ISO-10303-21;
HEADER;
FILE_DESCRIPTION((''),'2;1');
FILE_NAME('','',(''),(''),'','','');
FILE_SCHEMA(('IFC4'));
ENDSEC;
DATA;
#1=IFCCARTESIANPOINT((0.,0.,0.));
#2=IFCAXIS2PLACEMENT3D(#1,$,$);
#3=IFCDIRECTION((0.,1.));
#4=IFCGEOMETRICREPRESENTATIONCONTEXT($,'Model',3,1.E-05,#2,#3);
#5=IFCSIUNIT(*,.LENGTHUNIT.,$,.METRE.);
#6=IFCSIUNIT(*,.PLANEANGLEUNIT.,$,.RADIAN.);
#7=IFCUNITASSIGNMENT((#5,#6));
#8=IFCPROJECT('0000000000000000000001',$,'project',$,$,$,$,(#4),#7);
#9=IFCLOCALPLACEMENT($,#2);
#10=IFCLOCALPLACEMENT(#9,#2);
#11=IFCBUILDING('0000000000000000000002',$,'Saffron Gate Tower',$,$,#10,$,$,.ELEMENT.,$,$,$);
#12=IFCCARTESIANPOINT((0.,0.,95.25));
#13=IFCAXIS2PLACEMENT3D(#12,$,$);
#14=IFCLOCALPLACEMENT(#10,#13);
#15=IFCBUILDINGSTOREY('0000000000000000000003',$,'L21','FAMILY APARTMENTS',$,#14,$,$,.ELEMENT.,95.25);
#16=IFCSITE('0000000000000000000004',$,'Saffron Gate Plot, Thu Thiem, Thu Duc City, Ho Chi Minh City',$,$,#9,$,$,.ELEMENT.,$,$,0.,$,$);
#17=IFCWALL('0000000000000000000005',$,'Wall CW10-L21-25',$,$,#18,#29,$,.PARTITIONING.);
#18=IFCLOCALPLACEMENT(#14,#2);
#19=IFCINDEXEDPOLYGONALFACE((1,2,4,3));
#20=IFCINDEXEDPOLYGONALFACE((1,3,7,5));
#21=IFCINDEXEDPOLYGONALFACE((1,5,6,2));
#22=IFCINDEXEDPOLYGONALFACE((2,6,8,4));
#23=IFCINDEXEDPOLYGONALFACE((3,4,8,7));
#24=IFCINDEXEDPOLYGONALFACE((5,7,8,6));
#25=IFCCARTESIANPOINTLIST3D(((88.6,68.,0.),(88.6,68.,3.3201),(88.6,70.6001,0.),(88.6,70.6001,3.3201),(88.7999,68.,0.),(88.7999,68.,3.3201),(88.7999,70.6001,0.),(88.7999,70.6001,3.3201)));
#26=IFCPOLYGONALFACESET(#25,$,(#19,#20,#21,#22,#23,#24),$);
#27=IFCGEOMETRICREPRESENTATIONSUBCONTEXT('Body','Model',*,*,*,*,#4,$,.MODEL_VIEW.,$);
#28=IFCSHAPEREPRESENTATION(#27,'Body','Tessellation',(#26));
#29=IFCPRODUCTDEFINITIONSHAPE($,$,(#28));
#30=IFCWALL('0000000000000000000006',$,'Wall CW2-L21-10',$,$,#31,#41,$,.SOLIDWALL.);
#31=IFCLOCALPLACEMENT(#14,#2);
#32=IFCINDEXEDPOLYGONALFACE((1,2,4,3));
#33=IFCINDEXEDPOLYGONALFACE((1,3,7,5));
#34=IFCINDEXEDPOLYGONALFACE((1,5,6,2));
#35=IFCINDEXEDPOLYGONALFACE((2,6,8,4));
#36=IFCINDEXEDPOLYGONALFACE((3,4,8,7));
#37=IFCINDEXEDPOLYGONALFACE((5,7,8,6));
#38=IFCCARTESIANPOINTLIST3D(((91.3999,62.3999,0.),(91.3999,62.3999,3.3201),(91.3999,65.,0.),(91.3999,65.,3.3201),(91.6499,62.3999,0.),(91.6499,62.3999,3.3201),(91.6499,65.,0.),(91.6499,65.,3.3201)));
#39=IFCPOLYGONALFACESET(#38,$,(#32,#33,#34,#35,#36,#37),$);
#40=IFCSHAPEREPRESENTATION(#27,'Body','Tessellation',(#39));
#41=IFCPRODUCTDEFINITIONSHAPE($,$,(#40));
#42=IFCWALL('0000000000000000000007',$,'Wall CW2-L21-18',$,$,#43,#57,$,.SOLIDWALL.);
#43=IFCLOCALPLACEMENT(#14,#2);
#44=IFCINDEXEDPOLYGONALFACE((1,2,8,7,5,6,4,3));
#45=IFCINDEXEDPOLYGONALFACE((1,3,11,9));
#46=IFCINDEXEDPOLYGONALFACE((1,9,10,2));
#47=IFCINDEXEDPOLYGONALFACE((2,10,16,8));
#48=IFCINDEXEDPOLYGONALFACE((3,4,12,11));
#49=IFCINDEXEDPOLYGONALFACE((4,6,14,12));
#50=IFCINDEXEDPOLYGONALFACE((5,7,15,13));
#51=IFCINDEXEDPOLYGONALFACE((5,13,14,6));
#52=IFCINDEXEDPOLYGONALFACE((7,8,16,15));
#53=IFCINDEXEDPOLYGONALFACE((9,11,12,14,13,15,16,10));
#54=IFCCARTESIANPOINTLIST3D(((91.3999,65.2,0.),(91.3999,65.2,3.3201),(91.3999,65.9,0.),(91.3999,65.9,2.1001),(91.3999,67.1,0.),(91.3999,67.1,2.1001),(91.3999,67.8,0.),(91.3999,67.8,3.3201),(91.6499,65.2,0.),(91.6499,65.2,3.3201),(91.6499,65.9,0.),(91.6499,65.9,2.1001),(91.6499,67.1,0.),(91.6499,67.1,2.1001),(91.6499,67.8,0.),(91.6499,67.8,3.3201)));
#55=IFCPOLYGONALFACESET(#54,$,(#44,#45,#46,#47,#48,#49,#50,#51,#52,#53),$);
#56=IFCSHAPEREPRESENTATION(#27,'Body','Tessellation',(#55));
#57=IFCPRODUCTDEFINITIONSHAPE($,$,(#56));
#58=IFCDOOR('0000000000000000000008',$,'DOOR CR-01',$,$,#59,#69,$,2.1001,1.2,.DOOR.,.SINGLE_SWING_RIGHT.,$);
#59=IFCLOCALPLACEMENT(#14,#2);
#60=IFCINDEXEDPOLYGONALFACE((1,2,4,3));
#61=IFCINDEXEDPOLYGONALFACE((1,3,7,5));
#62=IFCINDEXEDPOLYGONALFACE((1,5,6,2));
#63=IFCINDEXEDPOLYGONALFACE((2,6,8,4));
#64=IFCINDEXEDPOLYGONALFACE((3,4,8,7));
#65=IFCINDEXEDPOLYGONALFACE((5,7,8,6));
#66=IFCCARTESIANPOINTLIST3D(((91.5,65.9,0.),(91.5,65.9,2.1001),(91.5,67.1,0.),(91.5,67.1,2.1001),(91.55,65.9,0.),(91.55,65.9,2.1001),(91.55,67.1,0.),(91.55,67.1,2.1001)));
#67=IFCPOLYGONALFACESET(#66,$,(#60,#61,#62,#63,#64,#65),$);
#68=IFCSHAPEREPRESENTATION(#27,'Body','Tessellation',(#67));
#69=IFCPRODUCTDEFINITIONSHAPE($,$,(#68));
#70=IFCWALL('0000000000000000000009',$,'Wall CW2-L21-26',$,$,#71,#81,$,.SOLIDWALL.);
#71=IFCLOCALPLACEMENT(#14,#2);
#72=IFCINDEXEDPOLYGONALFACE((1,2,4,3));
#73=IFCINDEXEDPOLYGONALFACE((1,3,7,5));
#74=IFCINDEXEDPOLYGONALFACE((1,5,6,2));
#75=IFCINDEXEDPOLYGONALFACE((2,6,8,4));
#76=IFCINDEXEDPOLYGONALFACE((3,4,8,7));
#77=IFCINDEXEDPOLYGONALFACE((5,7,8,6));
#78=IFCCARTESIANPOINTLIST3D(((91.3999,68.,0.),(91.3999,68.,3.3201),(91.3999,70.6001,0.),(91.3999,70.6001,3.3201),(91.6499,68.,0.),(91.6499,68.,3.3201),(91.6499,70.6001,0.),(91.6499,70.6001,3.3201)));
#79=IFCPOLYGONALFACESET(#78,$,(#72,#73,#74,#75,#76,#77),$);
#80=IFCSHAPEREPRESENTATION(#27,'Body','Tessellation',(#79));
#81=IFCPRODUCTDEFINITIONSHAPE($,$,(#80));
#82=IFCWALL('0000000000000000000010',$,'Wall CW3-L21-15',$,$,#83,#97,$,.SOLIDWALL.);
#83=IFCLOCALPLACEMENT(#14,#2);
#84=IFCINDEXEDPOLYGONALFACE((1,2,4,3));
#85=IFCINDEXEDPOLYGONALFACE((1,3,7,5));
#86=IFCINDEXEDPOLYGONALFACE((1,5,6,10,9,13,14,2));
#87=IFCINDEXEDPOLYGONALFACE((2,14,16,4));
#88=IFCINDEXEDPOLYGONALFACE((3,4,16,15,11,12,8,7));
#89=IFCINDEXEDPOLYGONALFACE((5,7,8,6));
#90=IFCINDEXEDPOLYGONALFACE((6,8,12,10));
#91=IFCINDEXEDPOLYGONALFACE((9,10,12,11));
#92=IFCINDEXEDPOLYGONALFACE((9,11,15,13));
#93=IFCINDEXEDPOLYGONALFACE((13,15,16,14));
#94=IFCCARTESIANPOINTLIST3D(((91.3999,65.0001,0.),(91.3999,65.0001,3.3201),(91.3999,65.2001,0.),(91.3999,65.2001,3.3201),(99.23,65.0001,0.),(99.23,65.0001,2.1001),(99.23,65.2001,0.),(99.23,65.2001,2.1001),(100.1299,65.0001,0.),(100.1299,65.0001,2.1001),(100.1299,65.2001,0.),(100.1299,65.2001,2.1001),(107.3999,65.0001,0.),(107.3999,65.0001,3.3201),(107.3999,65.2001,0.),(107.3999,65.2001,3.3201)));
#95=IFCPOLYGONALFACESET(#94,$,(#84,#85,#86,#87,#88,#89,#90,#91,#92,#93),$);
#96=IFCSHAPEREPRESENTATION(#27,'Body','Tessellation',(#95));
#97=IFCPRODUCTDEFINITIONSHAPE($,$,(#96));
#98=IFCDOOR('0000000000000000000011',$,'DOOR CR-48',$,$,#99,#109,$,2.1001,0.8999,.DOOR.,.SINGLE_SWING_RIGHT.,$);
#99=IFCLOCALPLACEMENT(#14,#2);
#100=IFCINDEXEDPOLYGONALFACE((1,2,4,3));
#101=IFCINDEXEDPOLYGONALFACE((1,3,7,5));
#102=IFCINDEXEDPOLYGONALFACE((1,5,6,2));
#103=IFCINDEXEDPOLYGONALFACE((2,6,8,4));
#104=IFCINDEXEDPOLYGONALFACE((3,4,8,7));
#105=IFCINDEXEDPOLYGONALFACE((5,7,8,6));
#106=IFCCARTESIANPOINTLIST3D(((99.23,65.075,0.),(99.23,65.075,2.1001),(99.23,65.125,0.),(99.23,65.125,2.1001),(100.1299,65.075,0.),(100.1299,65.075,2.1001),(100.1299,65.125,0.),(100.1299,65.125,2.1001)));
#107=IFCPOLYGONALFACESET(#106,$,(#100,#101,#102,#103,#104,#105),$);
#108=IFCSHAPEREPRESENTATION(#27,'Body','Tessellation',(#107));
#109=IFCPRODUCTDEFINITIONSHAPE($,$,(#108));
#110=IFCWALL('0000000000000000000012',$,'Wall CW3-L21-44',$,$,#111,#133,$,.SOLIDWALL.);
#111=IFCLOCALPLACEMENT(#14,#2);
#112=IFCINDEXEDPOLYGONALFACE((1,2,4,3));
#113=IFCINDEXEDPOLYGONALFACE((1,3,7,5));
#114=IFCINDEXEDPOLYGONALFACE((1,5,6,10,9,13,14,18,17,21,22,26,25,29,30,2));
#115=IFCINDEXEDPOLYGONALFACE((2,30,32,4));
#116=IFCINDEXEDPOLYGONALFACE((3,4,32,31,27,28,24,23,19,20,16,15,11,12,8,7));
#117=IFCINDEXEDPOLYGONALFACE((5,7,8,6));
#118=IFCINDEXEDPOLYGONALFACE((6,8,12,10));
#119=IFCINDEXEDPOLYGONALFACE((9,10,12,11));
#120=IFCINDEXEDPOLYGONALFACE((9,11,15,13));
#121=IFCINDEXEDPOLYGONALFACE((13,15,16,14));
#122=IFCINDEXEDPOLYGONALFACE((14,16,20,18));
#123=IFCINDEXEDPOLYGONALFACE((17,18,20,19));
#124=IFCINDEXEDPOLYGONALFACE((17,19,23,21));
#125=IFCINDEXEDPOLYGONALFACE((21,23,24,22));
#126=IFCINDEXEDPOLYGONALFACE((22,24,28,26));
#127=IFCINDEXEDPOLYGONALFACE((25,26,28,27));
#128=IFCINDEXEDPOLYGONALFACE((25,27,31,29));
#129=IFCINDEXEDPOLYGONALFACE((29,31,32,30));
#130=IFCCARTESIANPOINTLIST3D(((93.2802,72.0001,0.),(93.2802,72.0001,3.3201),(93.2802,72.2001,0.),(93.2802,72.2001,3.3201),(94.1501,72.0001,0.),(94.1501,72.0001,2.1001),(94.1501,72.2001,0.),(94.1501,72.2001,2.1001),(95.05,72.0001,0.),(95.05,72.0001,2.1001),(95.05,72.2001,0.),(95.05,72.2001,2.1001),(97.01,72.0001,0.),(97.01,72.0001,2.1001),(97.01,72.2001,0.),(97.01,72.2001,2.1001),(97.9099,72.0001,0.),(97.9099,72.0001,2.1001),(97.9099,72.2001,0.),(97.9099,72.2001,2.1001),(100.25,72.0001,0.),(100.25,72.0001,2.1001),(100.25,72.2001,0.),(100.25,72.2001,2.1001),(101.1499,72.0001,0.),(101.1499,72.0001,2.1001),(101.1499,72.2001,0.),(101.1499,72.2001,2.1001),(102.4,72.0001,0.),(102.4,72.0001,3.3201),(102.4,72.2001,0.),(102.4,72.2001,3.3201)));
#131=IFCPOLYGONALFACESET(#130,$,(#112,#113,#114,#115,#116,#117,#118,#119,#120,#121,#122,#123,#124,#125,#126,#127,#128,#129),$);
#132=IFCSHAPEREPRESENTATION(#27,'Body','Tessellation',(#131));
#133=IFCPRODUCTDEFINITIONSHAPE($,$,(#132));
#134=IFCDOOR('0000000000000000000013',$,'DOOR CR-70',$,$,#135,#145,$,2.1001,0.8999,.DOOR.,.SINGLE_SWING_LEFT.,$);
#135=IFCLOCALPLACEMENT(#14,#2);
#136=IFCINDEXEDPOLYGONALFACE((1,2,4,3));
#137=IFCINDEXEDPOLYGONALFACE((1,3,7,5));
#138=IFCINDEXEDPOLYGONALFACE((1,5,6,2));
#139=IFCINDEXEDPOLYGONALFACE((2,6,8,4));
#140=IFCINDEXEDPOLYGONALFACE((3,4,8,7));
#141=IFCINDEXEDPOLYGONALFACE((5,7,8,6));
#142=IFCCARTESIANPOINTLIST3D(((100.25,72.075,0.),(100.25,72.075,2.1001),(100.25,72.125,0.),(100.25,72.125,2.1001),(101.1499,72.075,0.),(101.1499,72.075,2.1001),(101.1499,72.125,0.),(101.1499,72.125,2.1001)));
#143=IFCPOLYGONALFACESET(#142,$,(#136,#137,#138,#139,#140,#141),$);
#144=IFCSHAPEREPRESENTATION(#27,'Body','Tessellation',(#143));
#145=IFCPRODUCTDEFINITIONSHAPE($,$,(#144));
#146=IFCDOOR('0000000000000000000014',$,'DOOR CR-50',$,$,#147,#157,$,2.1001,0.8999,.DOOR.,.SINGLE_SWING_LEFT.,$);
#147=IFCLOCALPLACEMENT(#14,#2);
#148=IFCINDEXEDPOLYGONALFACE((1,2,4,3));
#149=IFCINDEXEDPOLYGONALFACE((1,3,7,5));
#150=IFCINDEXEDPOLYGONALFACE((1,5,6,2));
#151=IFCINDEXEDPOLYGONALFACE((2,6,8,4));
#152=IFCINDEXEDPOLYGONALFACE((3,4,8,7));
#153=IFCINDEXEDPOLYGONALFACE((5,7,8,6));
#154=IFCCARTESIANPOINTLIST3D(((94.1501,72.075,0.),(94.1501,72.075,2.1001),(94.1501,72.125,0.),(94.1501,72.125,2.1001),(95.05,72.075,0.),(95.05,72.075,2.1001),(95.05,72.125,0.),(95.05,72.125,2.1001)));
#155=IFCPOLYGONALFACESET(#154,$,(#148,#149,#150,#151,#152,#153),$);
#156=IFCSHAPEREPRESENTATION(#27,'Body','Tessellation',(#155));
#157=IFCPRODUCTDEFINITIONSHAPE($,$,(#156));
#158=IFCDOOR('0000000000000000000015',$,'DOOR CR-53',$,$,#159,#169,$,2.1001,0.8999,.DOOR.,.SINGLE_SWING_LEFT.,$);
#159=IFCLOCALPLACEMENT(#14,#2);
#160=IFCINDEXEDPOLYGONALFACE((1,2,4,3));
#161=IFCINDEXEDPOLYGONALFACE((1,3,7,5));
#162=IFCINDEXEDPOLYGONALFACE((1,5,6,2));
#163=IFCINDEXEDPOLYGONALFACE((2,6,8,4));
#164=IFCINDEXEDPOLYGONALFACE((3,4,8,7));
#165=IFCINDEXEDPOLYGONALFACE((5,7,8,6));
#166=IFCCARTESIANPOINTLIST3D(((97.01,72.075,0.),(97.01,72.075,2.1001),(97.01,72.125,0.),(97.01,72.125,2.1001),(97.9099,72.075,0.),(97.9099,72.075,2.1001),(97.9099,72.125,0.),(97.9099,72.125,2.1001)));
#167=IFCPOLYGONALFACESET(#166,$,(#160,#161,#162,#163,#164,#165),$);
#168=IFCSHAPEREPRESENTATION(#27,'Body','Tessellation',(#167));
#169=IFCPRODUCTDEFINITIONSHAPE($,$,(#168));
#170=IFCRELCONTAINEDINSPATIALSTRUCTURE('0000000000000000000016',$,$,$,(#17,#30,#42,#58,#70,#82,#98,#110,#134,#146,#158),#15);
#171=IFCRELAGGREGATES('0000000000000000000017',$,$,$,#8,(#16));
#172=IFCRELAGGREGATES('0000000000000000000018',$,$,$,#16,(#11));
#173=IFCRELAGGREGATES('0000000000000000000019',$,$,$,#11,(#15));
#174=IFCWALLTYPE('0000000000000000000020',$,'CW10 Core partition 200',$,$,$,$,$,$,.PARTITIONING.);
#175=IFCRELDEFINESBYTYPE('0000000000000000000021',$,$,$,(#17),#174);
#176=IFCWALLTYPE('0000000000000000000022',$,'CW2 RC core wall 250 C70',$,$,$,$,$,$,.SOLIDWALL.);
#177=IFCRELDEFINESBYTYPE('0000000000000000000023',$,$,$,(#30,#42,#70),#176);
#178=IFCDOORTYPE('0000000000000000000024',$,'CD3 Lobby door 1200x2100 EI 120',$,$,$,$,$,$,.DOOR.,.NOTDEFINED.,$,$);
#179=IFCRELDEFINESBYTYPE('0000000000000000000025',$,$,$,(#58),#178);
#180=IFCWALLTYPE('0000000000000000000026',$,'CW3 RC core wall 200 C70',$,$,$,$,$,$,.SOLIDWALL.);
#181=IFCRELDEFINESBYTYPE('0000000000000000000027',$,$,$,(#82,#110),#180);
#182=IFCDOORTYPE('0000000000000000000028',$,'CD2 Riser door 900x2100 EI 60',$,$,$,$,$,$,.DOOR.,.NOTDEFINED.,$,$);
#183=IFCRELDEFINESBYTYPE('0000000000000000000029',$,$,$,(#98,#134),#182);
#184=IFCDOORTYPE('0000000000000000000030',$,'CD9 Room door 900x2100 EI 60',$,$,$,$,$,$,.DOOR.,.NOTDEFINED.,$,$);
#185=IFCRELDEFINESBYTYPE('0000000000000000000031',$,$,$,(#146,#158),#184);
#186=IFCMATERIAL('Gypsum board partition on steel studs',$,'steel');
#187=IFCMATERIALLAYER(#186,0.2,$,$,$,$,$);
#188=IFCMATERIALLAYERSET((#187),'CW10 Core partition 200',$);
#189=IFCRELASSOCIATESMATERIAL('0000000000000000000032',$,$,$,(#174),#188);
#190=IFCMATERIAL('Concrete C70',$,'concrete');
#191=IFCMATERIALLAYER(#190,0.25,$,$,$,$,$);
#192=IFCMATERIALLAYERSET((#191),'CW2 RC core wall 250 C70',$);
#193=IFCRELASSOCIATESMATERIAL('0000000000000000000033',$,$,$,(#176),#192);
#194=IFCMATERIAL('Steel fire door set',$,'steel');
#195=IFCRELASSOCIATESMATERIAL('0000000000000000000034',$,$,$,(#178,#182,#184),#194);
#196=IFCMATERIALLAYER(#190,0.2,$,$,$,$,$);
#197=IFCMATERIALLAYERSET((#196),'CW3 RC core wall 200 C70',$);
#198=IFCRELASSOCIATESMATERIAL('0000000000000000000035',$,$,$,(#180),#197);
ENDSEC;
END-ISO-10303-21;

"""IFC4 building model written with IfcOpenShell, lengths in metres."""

from ifc_helpers import new_model, si_unit, direction, frame, frame_2d, origin, place, context, subcontext, project, spatial, rectangle, extrude, material, layer, layer_set, type_object, element, fill, save


model = new_model("IFC4")

# Units and contexts
model_context = context("Model", 3, precision=1e-05, world=origin(), true_north=direction((0.0, 1.0)))
body_context = subcontext(model_context, "Body", "Model", "MODEL_VIEW")
ifc_project = project(units=[si_unit("LENGTHUNIT", "METRE"), si_unit("PLANEANGLEUNIT", "RADIAN")], contexts=[model_context])

# Site, building, storey
site_placement = place(None, origin())
site = spatial("IfcSite", under=ifc_project, at=site_placement, Name="Saffron Gate Plot, Thu Thiem, Thu Duc City, Ho Chi Minh City", CompositionType="ELEMENT", RefElevation=0.0)
building_placement = place(site_placement, origin())
building = spatial("IfcBuilding", under=site, at=building_placement, Name="Saffron Gate Tower", CompositionType="ELEMENT")
storey_placement = place(building_placement, frame((0.0, 0.0, 95.25)))
storey = spatial("IfcBuildingStorey", under=building, at=storey_placement, Name="L21", Description="FAMILY APARTMENTS", CompositionType="ELEMENT", Elevation=95.25)

# Walls
ifc_material_1 = material(Name="Gypsum board partition on steel studs", Category="steel")
ifc_layer_1 = layer(ifc_material_1, 0.2)
ifc_layer_set_1 = layer_set([ifc_layer_1], Name="CW10 Core partition 200")
wall_type_1 = type_object("IfcWallType", Name="CW10 Core partition 200", PredefinedType="PARTITIONING", material=ifc_layer_set_1)
wall_1_placement = place(storey_placement, frame((88.7, 68.0, 0.0), z_axis=(0.0, 0.0, 1.0), x_axis=(0.0, 1.0, 0.0)))
element("IfcWall", 1, at=wall_1_placement, inside=storey, type_object=wall_type_1, Name="Wall CW10-L21-25", PredefinedType="PARTITIONING", context=body_context, shape_type="SweptSolid", body=[
    extrude(rectangle(XDim=2.6001, YDim=0.2, at=frame_2d((1.3, 0.0))), origin(), (0.0, 0.0, 1.0), 3.3201),
])
ifc_material_2 = material(Name="Concrete C70", Category="concrete")
ifc_layer_2 = layer(ifc_material_2, 0.25)
ifc_layer_set_2 = layer_set([ifc_layer_2], Name="CW2 RC core wall 250 C70")
wall_type_2 = type_object("IfcWallType", Name="CW2 RC core wall 250 C70", PredefinedType="SOLIDWALL", material=ifc_layer_set_2)
wall_2_placement = place(storey_placement, frame((91.5249, 62.3999, 0.0), z_axis=(0.0, 0.0, 1.0), x_axis=(0.0, 1.0, 0.0)))
element("IfcWall", 2, at=wall_2_placement, inside=storey, type_object=wall_type_2, Name="Wall CW2-L21-10", PredefinedType="SOLIDWALL", context=body_context, shape_type="SweptSolid", body=[
    extrude(rectangle(XDim=2.6001, YDim=0.25, at=frame_2d((1.3, 0.0))), origin(), (0.0, 0.0, 1.0), 3.3201),
])

# Wall, opening, door
wall_3_placement = place(storey_placement, frame((91.5249, 65.2, 0.0), z_axis=(0.0, 0.0, 1.0), x_axis=(0.0, 1.0, 0.0)))
wall_3 = element("IfcWall", 3, at=wall_3_placement, inside=storey, type_object=wall_type_2, Name="Wall CW2-L21-18", PredefinedType="SOLIDWALL", context=body_context, shape_type="SweptSolid", body=[
    extrude(rectangle(XDim=2.6001, YDim=0.25, at=frame_2d((1.3, 0.0))), origin(), (0.0, 0.0, 1.0), 3.3201),
])
opening_1_placement = place(wall_3_placement, frame((0.7, 0.0, 0.0)))
opening_1 = element("IfcOpeningElement", 4, at=opening_1_placement, cuts=wall_3, PredefinedType="OPENING", context=body_context, shape_type="SweptSolid", body=[
    extrude(rectangle(XDim=1.2, YDim=2.1001, at=frame_2d((0.6001, 1.05))), frame((0.0, 0.135, 0.0), z_axis=(0.0, -1.0, 0.0), x_axis=(1.0, 0.0, 0.0)), (0.0, 0.0, 1.0), 0.27),
])
ifc_material_3 = material(Name="Steel fire door set", Category="steel")
door_type_1 = type_object("IfcDoorType", Name="CD3 Lobby door 1200x2100 EI 120", OperationType="NOTDEFINED", PredefinedType="DOOR", material=ifc_material_3)
door_1_placement = place(opening_1_placement, origin())
door_1 = element("IfcDoor", 5, at=door_1_placement, inside=storey, type_object=door_type_1, Name="DOOR CR-01", OperationType="SINGLE_SWING_RIGHT", OverallHeight=2.1001, OverallWidth=1.2, PredefinedType="DOOR", context=body_context, shape_type="SweptSolid", body=[
    extrude(rectangle(XDim=1.2, YDim=2.1001, at=frame_2d((0.6001, 1.05))), frame((0.0, 0.0249, 0.0), z_axis=(0.0, -1.0, 0.0), x_axis=(1.0, 0.0, 0.0)), (0.0, 0.0, 1.0), 0.05),
])
fill(opening_1, door_1)

# Wall
wall_4_placement = place(storey_placement, frame((91.5249, 68.0, 0.0), z_axis=(0.0, 0.0, 1.0), x_axis=(0.0, 1.0, 0.0)))
element("IfcWall", 6, at=wall_4_placement, inside=storey, type_object=wall_type_2, Name="Wall CW2-L21-26", PredefinedType="SOLIDWALL", context=body_context, shape_type="SweptSolid", body=[
    extrude(rectangle(XDim=2.6001, YDim=0.25, at=frame_2d((1.3, 0.0))), origin(), (0.0, 0.0, 1.0), 3.3201),
])

# Wall, opening, door
ifc_layer_3 = layer(ifc_material_2, 0.2)
ifc_layer_set_3 = layer_set([ifc_layer_3], Name="CW3 RC core wall 200 C70")
wall_type_3 = type_object("IfcWallType", Name="CW3 RC core wall 200 C70", PredefinedType="SOLIDWALL", material=ifc_layer_set_3)
wall_5_placement = place(storey_placement, frame((91.3999, 65.1001, 0.0), z_axis=(0.0, 0.0, 1.0), x_axis=(1.0, 0.0, 0.0)))
wall_5 = element("IfcWall", 7, at=wall_5_placement, inside=storey, type_object=wall_type_3, Name="Wall CW3-L21-15", PredefinedType="SOLIDWALL", context=body_context, shape_type="SweptSolid", body=[
    extrude(rectangle(XDim=16.0, YDim=0.2, at=frame_2d((8.0, 0.0))), origin(), (0.0, 0.0, 1.0), 3.3201),
])
opening_2_placement = place(wall_5_placement, frame((7.8301, 0.0, 0.0)))
opening_2 = element("IfcOpeningElement", 8, at=opening_2_placement, cuts=wall_5, PredefinedType="OPENING", context=body_context, shape_type="SweptSolid", body=[
    extrude(rectangle(XDim=0.8999, YDim=2.1001, at=frame_2d((0.45, 1.05))), frame((0.0, 0.1099, 0.0), z_axis=(0.0, -1.0, 0.0), x_axis=(1.0, 0.0, 0.0)), (0.0, 0.0, 1.0), 0.22),
])
door_type_2 = type_object("IfcDoorType", Name="CD2 Riser door 900x2100 EI 60", OperationType="NOTDEFINED", PredefinedType="DOOR", material=ifc_material_3)
door_2_placement = place(opening_2_placement, origin())
door_2 = element("IfcDoor", 9, at=door_2_placement, inside=storey, type_object=door_type_2, Name="DOOR CR-48", OperationType="SINGLE_SWING_RIGHT", OverallHeight=2.1001, OverallWidth=0.8999, PredefinedType="DOOR", context=body_context, shape_type="SweptSolid", body=[
    extrude(rectangle(XDim=0.8999, YDim=2.1001, at=frame_2d((0.45, 1.05))), frame((0.0, 0.0249, 0.0), z_axis=(0.0, -1.0, 0.0), x_axis=(1.0, 0.0, 0.0)), (0.0, 0.0, 1.0), 0.05),
])
fill(opening_2, door_2)

# Wall, openings, doors
wall_6_placement = place(storey_placement, frame((93.28, 72.1001, 0.0), z_axis=(0.0, 0.0, 1.0), x_axis=(1.0, 0.0, 0.0)))
wall_6 = element("IfcWall", 10, at=wall_6_placement, inside=storey, type_object=wall_type_3, Name="Wall CW3-L21-44", PredefinedType="SOLIDWALL", context=body_context, shape_type="SweptSolid", body=[
    extrude(rectangle(XDim=9.1199, YDim=0.2, at=frame_2d((4.5601, 0.0))), origin(), (0.0, 0.0, 1.0), 3.3201),
])
opening_3_placement = place(wall_6_placement, frame((0.8701, 0.0, 0.0)))
opening_3 = element("IfcOpeningElement", 11, at=opening_3_placement, cuts=wall_6, PredefinedType="OPENING", context=body_context, shape_type="SweptSolid", body=[
    extrude(rectangle(XDim=0.8999, YDim=2.1001, at=frame_2d((0.45, 1.05))), frame((0.0, 0.1099, 0.0), z_axis=(0.0, -1.0, 0.0), x_axis=(1.0, 0.0, 0.0)), (0.0, 0.0, 1.0), 0.22),
])
opening_4_placement = place(wall_6_placement, frame((3.73, 0.0, 0.0)))
opening_4 = element("IfcOpeningElement", 12, at=opening_4_placement, cuts=wall_6, PredefinedType="OPENING", context=body_context, shape_type="SweptSolid", body=[
    extrude(rectangle(XDim=0.8999, YDim=2.1001, at=frame_2d((0.45, 1.05))), frame((0.0, 0.1099, 0.0), z_axis=(0.0, -1.0, 0.0), x_axis=(1.0, 0.0, 0.0)), (0.0, 0.0, 1.0), 0.22),
])
opening_5_placement = place(wall_6_placement, frame((6.97, 0.0, 0.0)))
opening_5 = element("IfcOpeningElement", 13, at=opening_5_placement, cuts=wall_6, PredefinedType="OPENING", context=body_context, shape_type="SweptSolid", body=[
    extrude(rectangle(XDim=0.8999, YDim=2.1001, at=frame_2d((0.45, 1.05))), frame((0.0, 0.1099, 0.0), z_axis=(0.0, -1.0, 0.0), x_axis=(1.0, 0.0, 0.0)), (0.0, 0.0, 1.0), 0.22),
])
door_3_placement = place(opening_5_placement, origin())
door_3 = element("IfcDoor", 14, at=door_3_placement, inside=storey, type_object=door_type_2, Name="DOOR CR-70", OperationType="SINGLE_SWING_LEFT", OverallHeight=2.1001, OverallWidth=0.8999, PredefinedType="DOOR", context=body_context, shape_type="SweptSolid", body=[
    extrude(rectangle(XDim=0.8999, YDim=2.1001, at=frame_2d((0.45, 1.05))), frame((0.0, 0.0249, 0.0), z_axis=(0.0, -1.0, 0.0), x_axis=(1.0, 0.0, 0.0)), (0.0, 0.0, 1.0), 0.05),
])
fill(opening_5, door_3)
door_type_3 = type_object("IfcDoorType", Name="CD9 Room door 900x2100 EI 60", OperationType="NOTDEFINED", PredefinedType="DOOR", material=ifc_material_3)
door_4_placement = place(opening_3_placement, origin())
door_4 = element("IfcDoor", 15, at=door_4_placement, inside=storey, type_object=door_type_3, Name="DOOR CR-50", OperationType="SINGLE_SWING_LEFT", OverallHeight=2.1001, OverallWidth=0.8999, PredefinedType="DOOR", context=body_context, shape_type="SweptSolid", body=[
    extrude(rectangle(XDim=0.8999, YDim=2.1001, at=frame_2d((0.45, 1.05))), frame((0.0, 0.0249, 0.0), z_axis=(0.0, -1.0, 0.0), x_axis=(1.0, 0.0, 0.0)), (0.0, 0.0, 1.0), 0.05),
])
fill(opening_3, door_4)
door_5_placement = place(opening_4_placement, origin())
door_5 = element("IfcDoor", 16, at=door_5_placement, inside=storey, type_object=door_type_3, Name="DOOR CR-53", OperationType="SINGLE_SWING_LEFT", OverallHeight=2.1001, OverallWidth=0.8999, PredefinedType="DOOR", context=body_context, shape_type="SweptSolid", body=[
    extrude(rectangle(XDim=0.8999, YDim=2.1001, at=frame_2d((0.45, 1.05))), frame((0.0, 0.0249, 0.0), z_axis=(0.0, -1.0, 0.0), x_axis=(1.0, 0.0, 0.0)), (0.0, 0.0, 1.0), 0.05),
])
fill(opening_4, door_5)

save(model, "model.ifc")
